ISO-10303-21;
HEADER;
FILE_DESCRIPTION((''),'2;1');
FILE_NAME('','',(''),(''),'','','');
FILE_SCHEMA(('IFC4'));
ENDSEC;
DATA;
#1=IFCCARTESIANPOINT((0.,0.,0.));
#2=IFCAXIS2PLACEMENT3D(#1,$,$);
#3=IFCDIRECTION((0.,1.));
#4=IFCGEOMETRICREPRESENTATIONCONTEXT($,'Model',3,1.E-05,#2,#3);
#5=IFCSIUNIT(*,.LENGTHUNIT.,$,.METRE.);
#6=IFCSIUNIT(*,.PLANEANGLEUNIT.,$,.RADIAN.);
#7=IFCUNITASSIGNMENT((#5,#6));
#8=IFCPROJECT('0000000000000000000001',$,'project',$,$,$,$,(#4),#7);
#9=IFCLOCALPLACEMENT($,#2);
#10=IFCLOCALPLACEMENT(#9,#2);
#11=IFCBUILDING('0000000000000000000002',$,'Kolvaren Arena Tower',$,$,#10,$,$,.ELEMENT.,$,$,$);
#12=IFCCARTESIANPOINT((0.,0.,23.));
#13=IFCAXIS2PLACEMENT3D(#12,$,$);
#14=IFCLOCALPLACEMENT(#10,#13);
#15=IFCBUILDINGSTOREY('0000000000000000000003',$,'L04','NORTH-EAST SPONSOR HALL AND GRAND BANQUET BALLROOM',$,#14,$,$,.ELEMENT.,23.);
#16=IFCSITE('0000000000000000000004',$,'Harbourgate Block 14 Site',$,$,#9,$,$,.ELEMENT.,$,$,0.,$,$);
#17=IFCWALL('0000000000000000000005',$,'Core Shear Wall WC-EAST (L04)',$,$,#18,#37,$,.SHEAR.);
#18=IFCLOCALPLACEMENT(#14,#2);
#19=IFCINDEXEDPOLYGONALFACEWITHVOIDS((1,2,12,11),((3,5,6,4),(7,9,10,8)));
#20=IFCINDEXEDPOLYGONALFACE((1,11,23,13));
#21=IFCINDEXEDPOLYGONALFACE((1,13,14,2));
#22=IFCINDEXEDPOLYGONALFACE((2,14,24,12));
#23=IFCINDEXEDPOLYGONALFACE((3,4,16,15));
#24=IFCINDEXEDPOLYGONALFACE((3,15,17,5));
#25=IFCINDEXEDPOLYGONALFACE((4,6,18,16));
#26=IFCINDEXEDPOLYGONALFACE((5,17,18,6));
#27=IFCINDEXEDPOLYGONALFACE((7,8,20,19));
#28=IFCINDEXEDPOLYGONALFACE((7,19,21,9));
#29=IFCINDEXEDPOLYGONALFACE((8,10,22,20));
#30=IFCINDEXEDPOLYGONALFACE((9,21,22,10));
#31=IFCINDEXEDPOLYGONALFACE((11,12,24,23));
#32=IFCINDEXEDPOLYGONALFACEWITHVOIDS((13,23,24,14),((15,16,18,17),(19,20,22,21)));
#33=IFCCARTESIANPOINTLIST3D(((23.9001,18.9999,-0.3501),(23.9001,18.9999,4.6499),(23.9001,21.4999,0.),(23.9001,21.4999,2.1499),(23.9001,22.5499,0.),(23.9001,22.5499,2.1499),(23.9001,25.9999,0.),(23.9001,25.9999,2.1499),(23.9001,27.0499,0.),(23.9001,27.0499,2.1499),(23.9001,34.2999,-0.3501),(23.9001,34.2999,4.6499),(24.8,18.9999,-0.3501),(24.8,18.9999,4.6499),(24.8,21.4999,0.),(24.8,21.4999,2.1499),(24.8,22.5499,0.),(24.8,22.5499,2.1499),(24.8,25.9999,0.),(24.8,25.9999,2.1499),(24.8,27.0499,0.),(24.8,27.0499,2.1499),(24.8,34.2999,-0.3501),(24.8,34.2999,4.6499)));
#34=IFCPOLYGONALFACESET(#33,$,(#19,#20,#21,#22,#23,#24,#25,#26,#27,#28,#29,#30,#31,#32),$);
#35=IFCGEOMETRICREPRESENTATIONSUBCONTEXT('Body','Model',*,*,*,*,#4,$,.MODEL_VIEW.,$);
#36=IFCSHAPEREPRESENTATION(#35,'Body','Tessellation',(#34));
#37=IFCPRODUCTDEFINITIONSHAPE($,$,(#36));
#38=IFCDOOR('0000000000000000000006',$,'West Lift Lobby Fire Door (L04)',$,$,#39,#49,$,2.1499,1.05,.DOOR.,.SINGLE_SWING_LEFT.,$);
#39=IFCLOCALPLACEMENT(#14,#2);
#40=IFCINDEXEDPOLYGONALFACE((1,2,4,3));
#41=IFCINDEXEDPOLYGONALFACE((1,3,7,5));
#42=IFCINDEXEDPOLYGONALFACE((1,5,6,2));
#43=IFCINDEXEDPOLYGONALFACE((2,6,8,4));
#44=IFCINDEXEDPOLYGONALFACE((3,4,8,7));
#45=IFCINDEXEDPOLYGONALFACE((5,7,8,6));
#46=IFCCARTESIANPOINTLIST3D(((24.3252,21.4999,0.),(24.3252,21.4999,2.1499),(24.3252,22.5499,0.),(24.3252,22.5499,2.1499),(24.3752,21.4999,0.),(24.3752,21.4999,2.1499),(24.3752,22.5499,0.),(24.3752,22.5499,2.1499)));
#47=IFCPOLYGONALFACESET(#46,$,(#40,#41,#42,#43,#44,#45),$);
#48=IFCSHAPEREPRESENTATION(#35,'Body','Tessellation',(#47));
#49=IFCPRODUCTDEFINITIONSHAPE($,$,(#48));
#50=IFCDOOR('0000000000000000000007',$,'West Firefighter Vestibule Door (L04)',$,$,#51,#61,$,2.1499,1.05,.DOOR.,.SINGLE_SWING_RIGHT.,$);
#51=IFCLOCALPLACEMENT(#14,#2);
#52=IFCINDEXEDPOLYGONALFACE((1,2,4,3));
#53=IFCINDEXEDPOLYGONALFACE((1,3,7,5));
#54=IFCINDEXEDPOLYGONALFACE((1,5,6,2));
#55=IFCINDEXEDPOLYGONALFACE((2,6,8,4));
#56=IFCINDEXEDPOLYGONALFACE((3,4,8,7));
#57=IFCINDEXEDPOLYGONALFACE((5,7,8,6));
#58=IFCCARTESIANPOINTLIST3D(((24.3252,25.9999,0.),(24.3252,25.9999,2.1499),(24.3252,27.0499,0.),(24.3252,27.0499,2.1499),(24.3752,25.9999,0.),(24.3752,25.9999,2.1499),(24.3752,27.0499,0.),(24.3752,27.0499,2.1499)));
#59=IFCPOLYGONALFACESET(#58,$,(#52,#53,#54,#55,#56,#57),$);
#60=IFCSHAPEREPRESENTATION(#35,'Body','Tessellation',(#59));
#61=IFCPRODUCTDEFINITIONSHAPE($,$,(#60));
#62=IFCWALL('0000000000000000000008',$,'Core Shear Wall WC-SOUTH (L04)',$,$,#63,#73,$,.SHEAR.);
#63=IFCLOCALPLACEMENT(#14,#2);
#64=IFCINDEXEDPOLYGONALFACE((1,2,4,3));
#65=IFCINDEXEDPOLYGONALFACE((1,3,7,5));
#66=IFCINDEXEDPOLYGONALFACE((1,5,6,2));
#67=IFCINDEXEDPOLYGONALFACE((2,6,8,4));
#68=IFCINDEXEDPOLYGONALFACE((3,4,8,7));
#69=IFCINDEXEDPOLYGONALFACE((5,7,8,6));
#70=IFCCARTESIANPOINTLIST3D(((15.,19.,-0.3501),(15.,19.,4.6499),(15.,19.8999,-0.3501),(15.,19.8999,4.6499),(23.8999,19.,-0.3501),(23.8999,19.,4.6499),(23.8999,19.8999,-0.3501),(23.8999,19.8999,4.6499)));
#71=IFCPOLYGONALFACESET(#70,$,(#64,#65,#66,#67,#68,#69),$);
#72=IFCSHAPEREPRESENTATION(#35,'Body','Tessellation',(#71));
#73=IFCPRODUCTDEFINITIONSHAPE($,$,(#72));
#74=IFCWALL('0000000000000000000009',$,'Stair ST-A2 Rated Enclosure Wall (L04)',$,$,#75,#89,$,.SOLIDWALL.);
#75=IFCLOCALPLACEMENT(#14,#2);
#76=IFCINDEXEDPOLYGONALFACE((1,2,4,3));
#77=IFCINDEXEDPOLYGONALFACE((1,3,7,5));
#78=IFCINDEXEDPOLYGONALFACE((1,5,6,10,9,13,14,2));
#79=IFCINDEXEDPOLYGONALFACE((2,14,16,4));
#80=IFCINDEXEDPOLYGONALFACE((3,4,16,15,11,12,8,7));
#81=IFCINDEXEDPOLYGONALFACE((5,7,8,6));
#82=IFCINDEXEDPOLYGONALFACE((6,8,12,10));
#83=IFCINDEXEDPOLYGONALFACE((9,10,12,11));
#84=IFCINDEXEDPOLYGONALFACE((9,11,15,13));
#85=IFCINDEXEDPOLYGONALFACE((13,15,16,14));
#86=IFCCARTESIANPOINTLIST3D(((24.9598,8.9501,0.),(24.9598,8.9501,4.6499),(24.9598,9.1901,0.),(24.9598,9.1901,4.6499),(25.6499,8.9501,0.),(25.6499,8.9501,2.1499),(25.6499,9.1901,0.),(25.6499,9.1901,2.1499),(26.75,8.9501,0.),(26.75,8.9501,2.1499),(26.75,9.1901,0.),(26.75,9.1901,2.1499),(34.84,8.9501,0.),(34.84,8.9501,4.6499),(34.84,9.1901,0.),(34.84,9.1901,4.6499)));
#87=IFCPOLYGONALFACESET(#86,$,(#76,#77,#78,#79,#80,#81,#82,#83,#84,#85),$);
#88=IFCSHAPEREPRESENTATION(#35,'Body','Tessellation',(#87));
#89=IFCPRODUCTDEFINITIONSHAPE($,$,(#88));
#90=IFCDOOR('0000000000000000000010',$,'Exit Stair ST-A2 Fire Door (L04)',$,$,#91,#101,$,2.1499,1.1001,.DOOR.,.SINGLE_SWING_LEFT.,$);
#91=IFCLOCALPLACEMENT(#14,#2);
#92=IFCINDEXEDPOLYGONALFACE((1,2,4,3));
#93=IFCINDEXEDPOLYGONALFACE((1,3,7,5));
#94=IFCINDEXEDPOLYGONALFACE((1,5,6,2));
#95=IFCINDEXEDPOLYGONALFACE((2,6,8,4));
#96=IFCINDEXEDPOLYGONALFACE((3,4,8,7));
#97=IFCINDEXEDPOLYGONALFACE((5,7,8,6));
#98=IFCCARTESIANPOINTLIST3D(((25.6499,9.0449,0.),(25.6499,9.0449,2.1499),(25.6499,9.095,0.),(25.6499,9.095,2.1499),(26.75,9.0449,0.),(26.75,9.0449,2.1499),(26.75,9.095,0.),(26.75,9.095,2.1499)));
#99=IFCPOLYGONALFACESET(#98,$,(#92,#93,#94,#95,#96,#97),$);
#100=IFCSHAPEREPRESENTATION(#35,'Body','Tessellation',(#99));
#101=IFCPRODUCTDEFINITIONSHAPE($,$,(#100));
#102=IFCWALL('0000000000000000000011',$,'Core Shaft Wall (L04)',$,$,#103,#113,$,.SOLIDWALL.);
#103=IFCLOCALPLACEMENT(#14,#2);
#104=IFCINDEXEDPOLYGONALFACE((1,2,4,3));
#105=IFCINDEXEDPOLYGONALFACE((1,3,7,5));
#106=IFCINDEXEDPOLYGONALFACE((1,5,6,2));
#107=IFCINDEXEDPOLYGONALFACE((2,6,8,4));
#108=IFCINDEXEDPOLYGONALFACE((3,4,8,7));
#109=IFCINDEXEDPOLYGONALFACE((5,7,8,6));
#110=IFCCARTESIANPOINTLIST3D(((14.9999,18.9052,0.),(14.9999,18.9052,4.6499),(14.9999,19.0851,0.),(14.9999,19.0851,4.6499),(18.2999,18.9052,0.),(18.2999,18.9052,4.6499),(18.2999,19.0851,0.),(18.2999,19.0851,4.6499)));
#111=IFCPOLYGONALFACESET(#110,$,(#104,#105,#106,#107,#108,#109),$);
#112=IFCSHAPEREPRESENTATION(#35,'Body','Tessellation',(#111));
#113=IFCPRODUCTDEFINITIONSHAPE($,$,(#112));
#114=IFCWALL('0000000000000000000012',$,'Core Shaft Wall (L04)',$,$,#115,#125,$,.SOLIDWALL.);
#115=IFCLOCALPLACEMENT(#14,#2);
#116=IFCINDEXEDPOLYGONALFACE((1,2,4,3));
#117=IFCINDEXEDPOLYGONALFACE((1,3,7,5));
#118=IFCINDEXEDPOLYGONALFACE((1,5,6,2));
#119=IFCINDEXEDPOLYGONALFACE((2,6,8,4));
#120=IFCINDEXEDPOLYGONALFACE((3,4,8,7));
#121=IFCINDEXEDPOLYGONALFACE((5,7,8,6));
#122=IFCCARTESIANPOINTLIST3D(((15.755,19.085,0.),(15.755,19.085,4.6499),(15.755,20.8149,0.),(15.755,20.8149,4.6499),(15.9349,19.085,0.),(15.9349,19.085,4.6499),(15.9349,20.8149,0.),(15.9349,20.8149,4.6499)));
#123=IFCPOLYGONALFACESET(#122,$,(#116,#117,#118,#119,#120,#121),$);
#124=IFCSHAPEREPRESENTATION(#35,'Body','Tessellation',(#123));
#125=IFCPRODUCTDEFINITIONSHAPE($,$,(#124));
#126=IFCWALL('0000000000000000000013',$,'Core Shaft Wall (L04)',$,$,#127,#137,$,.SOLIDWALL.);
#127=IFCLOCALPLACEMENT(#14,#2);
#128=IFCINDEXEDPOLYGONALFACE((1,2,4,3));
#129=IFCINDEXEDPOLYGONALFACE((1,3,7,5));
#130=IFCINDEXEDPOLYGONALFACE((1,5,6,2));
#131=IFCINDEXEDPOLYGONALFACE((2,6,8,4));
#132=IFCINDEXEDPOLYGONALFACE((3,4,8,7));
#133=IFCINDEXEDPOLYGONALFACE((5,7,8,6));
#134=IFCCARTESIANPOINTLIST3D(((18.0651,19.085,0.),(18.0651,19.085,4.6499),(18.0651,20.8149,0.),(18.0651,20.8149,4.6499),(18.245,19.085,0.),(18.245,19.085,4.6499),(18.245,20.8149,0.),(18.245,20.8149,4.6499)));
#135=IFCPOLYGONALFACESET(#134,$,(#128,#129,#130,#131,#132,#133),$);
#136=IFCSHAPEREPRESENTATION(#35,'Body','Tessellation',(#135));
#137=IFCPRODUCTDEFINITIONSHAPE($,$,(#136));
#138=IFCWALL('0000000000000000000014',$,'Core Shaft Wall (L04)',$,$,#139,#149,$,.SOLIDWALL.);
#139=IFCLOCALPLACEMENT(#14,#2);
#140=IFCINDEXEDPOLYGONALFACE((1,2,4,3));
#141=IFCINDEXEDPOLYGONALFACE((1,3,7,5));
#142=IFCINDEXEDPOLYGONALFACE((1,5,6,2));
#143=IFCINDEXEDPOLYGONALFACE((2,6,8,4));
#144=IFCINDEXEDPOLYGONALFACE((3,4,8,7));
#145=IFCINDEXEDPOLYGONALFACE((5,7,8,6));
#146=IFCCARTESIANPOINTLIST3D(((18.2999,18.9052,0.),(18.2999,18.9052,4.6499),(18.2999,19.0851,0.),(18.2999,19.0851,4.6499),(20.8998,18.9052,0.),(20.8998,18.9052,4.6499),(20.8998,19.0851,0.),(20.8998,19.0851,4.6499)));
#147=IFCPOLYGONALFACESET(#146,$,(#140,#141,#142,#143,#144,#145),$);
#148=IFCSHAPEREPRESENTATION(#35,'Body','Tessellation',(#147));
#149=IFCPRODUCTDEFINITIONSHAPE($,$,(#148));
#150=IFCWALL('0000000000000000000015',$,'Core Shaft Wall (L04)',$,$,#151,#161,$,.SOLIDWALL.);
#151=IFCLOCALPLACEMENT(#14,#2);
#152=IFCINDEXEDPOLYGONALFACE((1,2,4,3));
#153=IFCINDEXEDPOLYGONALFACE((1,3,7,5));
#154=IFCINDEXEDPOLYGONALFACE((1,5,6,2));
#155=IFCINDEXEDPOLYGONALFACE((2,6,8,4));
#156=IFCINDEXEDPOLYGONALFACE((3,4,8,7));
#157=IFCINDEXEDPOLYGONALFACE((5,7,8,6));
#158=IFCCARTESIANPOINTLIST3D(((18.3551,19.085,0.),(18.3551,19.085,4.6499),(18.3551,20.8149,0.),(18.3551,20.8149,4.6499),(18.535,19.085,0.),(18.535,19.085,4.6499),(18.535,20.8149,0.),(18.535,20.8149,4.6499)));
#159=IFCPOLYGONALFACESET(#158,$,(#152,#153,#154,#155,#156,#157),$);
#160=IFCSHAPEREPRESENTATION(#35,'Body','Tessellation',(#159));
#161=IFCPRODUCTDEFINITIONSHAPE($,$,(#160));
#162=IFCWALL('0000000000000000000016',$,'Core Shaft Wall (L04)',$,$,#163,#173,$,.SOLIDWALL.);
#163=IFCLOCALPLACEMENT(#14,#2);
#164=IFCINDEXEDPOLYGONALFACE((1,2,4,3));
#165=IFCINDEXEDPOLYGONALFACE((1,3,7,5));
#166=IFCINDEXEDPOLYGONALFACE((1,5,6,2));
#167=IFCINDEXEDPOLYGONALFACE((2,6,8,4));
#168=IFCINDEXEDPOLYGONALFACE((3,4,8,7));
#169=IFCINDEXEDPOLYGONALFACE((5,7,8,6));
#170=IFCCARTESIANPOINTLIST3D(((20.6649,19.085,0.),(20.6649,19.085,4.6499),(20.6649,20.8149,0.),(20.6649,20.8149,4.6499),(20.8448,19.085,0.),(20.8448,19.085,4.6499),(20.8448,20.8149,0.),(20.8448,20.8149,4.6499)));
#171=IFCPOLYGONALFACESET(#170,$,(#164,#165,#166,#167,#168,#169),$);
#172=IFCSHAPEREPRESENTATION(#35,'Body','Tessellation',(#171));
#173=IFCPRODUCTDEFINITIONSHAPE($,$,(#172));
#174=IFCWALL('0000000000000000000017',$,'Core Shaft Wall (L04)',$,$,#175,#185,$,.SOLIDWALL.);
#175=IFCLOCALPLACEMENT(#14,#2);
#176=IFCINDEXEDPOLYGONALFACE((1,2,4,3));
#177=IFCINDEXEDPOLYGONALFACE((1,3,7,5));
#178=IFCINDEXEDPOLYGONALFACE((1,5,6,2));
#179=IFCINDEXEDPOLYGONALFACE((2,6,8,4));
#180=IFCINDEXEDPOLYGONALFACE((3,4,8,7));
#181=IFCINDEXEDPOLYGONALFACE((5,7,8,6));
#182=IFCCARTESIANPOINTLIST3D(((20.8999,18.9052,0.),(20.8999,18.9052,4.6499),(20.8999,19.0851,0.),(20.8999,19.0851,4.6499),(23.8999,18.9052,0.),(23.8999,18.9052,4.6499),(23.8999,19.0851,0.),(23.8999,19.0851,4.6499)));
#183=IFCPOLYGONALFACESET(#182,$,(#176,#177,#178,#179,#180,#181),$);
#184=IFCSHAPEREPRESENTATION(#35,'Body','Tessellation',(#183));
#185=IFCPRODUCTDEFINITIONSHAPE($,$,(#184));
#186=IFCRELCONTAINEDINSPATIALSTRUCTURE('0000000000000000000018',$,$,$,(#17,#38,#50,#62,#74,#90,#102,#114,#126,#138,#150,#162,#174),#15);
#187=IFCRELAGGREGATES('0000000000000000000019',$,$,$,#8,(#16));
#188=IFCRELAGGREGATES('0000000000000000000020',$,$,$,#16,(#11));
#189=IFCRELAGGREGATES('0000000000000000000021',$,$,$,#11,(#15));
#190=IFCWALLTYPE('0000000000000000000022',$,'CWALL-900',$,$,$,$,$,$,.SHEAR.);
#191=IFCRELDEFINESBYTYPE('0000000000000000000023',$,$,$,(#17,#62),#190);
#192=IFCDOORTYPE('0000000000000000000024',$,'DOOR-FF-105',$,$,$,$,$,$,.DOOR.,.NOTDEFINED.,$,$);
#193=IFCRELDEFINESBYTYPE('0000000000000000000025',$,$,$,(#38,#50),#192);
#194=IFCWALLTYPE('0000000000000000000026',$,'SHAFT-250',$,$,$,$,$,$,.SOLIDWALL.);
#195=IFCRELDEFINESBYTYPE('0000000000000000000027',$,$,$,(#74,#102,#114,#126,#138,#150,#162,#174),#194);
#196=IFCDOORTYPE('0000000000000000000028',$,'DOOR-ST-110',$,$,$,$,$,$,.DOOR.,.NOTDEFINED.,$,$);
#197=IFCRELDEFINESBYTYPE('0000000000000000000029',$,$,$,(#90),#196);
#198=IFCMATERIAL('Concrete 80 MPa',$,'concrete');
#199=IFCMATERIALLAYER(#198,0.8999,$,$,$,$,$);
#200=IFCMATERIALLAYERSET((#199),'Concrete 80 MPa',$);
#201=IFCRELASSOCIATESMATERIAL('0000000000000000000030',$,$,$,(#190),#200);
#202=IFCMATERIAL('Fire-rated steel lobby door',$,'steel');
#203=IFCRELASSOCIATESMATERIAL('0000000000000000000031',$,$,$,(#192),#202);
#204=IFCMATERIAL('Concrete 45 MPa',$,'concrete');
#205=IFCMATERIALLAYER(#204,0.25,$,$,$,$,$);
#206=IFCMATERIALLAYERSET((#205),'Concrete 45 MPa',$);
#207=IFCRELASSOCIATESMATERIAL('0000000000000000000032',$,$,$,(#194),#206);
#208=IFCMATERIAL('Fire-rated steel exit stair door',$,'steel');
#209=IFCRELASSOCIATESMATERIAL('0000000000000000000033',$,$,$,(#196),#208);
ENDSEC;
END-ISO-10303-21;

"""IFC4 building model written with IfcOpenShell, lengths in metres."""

from ifc_helpers import new_model, si_unit, direction, frame, frame_2d, origin, place, context, subcontext, project, spatial, rectangle, extrude, material, layer, layer_set, type_object, element, fill, save


model = new_model("IFC4")

# Units and contexts
model_context = context("Model", 3, precision=1e-05, world=origin(), true_north=direction((0.0, 1.0)))
body_context = subcontext(model_context, "Body", "Model", "MODEL_VIEW")
ifc_project = project(units=[si_unit("LENGTHUNIT", "METRE"), si_unit("PLANEANGLEUNIT", "RADIAN")], contexts=[model_context])

# Site, building, storey
site_placement = place(None, origin())
site = spatial("IfcSite", under=ifc_project, at=site_placement, Name="Harbourgate Block 14 Site", CompositionType="ELEMENT", RefElevation=0.0)
building_placement = place(site_placement, origin())
building = spatial("IfcBuilding", under=site, at=building_placement, Name="Kolvaren Arena Tower", CompositionType="ELEMENT")
storey_placement = place(building_placement, frame((0.0, 0.0, 23.0)))
storey = spatial("IfcBuildingStorey", under=building, at=storey_placement, Name="L04", Description="NORTH-EAST SPONSOR HALL AND GRAND BANQUET BALLROOM", CompositionType="ELEMENT", Elevation=23.0)

# Wall, openings, doors
ifc_material_1 = material(Name="Concrete 80 MPa", Category="concrete")
ifc_layer_1 = layer(ifc_material_1, 0.8999)
ifc_layer_set_1 = layer_set([ifc_layer_1], Name="Concrete 80 MPa")
wall_type_1 = type_object("IfcWallType", Name="CWALL-900", PredefinedType="SHEAR", material=ifc_layer_set_1)
wall_1_placement = place(storey_placement, frame((24.3501, 19.0, -0.3501), z_axis=(0.0, 0.0, 1.0), x_axis=(0.0, 1.0, 0.0)))
wall_1 = element("IfcWall", 1, at=wall_1_placement, inside=storey, type_object=wall_type_1, Name="Core Shear Wall WC-EAST (L04)", PredefinedType="SHEAR", context=body_context, shape_type="SweptSolid", body=[
    extrude(rectangle(XDim=15.3, YDim=0.8999, at=frame_2d((7.6499, 0.0))), origin(), (0.0, 0.0, 1.0), 5.0),
])
opening_1_placement = place(wall_1_placement, frame((2.5, 0.0, 0.3501)))
opening_1 = element("IfcOpeningElement", 2, at=opening_1_placement, cuts=wall_1, PredefinedType="OPENING", context=body_context, shape_type="SweptSolid", body=[
    extrude(rectangle(XDim=1.05, YDim=2.1499, at=frame_2d((0.5249, 1.075))), frame((0.0, 0.46, 0.0), z_axis=(0.0, -1.0, 0.0), x_axis=(1.0, 0.0, 0.0)), (0.0, 0.0, 1.0), 0.9199),
])
opening_2_placement = place(wall_1_placement, frame((7.0, 0.0, 0.3501)))
opening_2 = element("IfcOpeningElement", 3, at=opening_2_placement, cuts=wall_1, PredefinedType="OPENING", context=body_context, shape_type="SweptSolid", body=[
    extrude(rectangle(XDim=1.05, YDim=2.1499, at=frame_2d((0.5249, 1.075))), frame((0.0, 0.46, 0.0), z_axis=(0.0, -1.0, 0.0), x_axis=(1.0, 0.0, 0.0)), (0.0, 0.0, 1.0), 0.9199),
])
ifc_material_2 = material(Name="Fire-rated steel lobby door", Category="steel")
door_type_1 = type_object("IfcDoorType", Name="DOOR-FF-105", OperationType="NOTDEFINED", PredefinedType="DOOR", material=ifc_material_2)
door_1_placement = place(opening_1_placement, origin())
door_1 = element("IfcDoor", 4, at=door_1_placement, inside=storey, type_object=door_type_1, Name="West Lift Lobby Fire Door (L04)", OperationType="SINGLE_SWING_LEFT", OverallHeight=2.1499, OverallWidth=1.05, PredefinedType="DOOR", context=body_context, shape_type="SweptSolid", body=[
    extrude(rectangle(XDim=1.05, YDim=2.1499, at=frame_2d((0.5249, 1.075))), frame((0.0, 0.0249, 0.0), z_axis=(0.0, -1.0, 0.0), x_axis=(1.0, 0.0, 0.0)), (0.0, 0.0, 1.0), 0.05),
])
fill(opening_1, door_1)
door_2_placement = place(opening_2_placement, origin())
door_2 = element("IfcDoor", 5, at=door_2_placement, inside=storey, type_object=door_type_1, Name="West Firefighter Vestibule Door (L04)", OperationType="SINGLE_SWING_RIGHT", OverallHeight=2.1499, OverallWidth=1.05, PredefinedType="DOOR", context=body_context, shape_type="SweptSolid", body=[
    extrude(rectangle(XDim=1.05, YDim=2.1499, at=frame_2d((0.5249, 1.075))), frame((0.0, 0.0249, 0.0), z_axis=(0.0, -1.0, 0.0), x_axis=(1.0, 0.0, 0.0)), (0.0, 0.0, 1.0), 0.05),
])
fill(opening_2, door_2)

# Wall
wall_2_placement = place(storey_placement, frame((15.0, 19.45, -0.3501), z_axis=(0.0, 0.0, 1.0), x_axis=(1.0, 0.0, 0.0)))
element("IfcWall", 6, at=wall_2_placement, inside=storey, type_object=wall_type_1, Name="Core Shear Wall WC-SOUTH (L04)", PredefinedType="SHEAR", context=body_context, shape_type="SweptSolid", body=[
    extrude(rectangle(XDim=8.8999, YDim=0.8999, at=frame_2d((4.45, 0.0))), origin(), (0.0, 0.0, 1.0), 5.0),
])

# Wall, opening, door
ifc_material_3 = material(Name="Concrete 45 MPa", Category="concrete")
ifc_layer_2 = layer(ifc_material_3, 0.25)
ifc_layer_set_2 = layer_set([ifc_layer_2], Name="Concrete 45 MPa")
wall_type_2 = type_object("IfcWallType", Name="SHAFT-250", PredefinedType="SOLIDWALL", material=ifc_layer_set_2)
wall_3_placement = place(storey_placement, frame((24.96, 9.0701, 0.0), z_axis=(0.0, 0.0, 1.0), x_axis=(1.0, 0.0, 0.0)))
wall_3 = element("IfcWall", 7, at=wall_3_placement, inside=storey, type_object=wall_type_2, Name="Stair ST-A2 Rated Enclosure Wall (L04)", PredefinedType="SOLIDWALL", context=body_context, shape_type="SweptSolid", body=[
    extrude(rectangle(XDim=9.8801, YDim=0.24, at=frame_2d((4.9399, 0.0))), origin(), (0.0, 0.0, 1.0), 4.6499),
])
opening_3_placement = place(wall_3_placement, frame((0.6899, 0.0, 0.0)))
opening_3 = element("IfcOpeningElement", 8, at=opening_3_placement, cuts=wall_3, PredefinedType="OPENING", context=body_context, shape_type="SweptSolid", body=[
    extrude(rectangle(XDim=1.1001, YDim=2.1499, at=frame_2d((0.55, 1.075))), frame((0.0, 0.1299, 0.0), z_axis=(0.0, -1.0, 0.0), x_axis=(1.0, 0.0, 0.0)), (0.0, 0.0, 1.0), 0.26),
])
ifc_material_4 = material(Name="Fire-rated steel exit stair door", Category="steel")
door_type_2 = type_object("IfcDoorType", Name="DOOR-ST-110", OperationType="NOTDEFINED", PredefinedType="DOOR", material=ifc_material_4)
door_3_placement = place(opening_3_placement, origin())
door_3 = element("IfcDoor", 9, at=door_3_placement, inside=storey, type_object=door_type_2, Name="Exit Stair ST-A2 Fire Door (L04)", OperationType="SINGLE_SWING_LEFT", OverallHeight=2.1499, OverallWidth=1.1001, PredefinedType="DOOR", context=body_context, shape_type="SweptSolid", body=[
    extrude(rectangle(XDim=1.1001, YDim=2.1499, at=frame_2d((0.55, 1.075))), frame((0.0, 0.0249, 0.0), z_axis=(0.0, -1.0, 0.0), x_axis=(1.0, 0.0, 0.0)), (0.0, 0.0, 1.0), 0.05),
])
fill(opening_3, door_3)

# Walls
wall_4_placement = place(storey_placement, frame((15.0, 18.9951, 0.0), z_axis=(0.0, 0.0, 1.0), x_axis=(1.0, 0.0, 0.0)))
element("IfcWall", 10, at=wall_4_placement, inside=storey, type_object=wall_type_2, Name="Core Shaft Wall (L04)", PredefinedType="SOLIDWALL", context=body_context, shape_type="SweptSolid", body=[
    extrude(rectangle(XDim=3.3, YDim=0.1799, at=frame_2d((1.6499, 0.0))), origin(), (0.0, 0.0, 1.0), 4.6499),
])
for number, where, z_axis, x_axis, name in (
    (11, (15.845, 19.085, 0.0), (0.0, 0.0, 1.0), (0.0, 1.0, 0.0), "Core Shaft Wall (L04)"),
    (12, (18.155, 19.085, 0.0), (0.0, 0.0, 1.0), (0.0, 1.0, 0.0), "Core Shaft Wall (L04)"),
):
    element("IfcWall", number, at=place(storey_placement, frame(where, z_axis=z_axis, x_axis=x_axis)), inside=storey, type_object=wall_type_2, Name=name, PredefinedType="SOLIDWALL", context=body_context, shape_type="SweptSolid", body=[
        extrude(rectangle(XDim=1.73, YDim=0.1799, at=frame_2d((0.865, 0.0))), origin(), (0.0, 0.0, 1.0), 4.6499),
    ])
wall_5_placement = place(storey_placement, frame((18.3, 18.9951, 0.0), z_axis=(0.0, 0.0, 1.0), x_axis=(1.0, 0.0, 0.0)))
element("IfcWall", 13, at=wall_5_placement, inside=storey, type_object=wall_type_2, Name="Core Shaft Wall (L04)", PredefinedType="SOLIDWALL", context=body_context, shape_type="SweptSolid", body=[
    extrude(rectangle(XDim=2.5999, YDim=0.1799, at=frame_2d((1.2998, 0.0))), origin(), (0.0, 0.0, 1.0), 4.6499),
])
for number, where, z_axis, x_axis, name in (
    (14, (18.4451, 19.085, 0.0), (0.0, 0.0, 1.0), (0.0, 1.0, 0.0), "Core Shaft Wall (L04)"),
    (15, (20.7549, 19.085, 0.0), (0.0, 0.0, 1.0), (0.0, 1.0, 0.0), "Core Shaft Wall (L04)"),
):
    element("IfcWall", number, at=place(storey_placement, frame(where, z_axis=z_axis, x_axis=x_axis)), inside=storey, type_object=wall_type_2, Name=name, PredefinedType="SOLIDWALL", context=body_context, shape_type="SweptSolid", body=[
        extrude(rectangle(XDim=1.73, YDim=0.1799, at=frame_2d((0.865, 0.0))), origin(), (0.0, 0.0, 1.0), 4.6499),
    ])
wall_6_placement = place(storey_placement, frame((20.8999, 18.9951, 0.0), z_axis=(0.0, 0.0, 1.0), x_axis=(1.0, 0.0, 0.0)))
element("IfcWall", 16, at=wall_6_placement, inside=storey, type_object=wall_type_2, Name="Core Shaft Wall (L04)", PredefinedType="SOLIDWALL", context=body_context, shape_type="SweptSolid", body=[
    extrude(rectangle(XDim=3.0, YDim=0.1799, at=frame_2d((1.5, 0.0))), origin(), (0.0, 0.0, 1.0), 4.6499),
])

save(model, "model.ifc")
